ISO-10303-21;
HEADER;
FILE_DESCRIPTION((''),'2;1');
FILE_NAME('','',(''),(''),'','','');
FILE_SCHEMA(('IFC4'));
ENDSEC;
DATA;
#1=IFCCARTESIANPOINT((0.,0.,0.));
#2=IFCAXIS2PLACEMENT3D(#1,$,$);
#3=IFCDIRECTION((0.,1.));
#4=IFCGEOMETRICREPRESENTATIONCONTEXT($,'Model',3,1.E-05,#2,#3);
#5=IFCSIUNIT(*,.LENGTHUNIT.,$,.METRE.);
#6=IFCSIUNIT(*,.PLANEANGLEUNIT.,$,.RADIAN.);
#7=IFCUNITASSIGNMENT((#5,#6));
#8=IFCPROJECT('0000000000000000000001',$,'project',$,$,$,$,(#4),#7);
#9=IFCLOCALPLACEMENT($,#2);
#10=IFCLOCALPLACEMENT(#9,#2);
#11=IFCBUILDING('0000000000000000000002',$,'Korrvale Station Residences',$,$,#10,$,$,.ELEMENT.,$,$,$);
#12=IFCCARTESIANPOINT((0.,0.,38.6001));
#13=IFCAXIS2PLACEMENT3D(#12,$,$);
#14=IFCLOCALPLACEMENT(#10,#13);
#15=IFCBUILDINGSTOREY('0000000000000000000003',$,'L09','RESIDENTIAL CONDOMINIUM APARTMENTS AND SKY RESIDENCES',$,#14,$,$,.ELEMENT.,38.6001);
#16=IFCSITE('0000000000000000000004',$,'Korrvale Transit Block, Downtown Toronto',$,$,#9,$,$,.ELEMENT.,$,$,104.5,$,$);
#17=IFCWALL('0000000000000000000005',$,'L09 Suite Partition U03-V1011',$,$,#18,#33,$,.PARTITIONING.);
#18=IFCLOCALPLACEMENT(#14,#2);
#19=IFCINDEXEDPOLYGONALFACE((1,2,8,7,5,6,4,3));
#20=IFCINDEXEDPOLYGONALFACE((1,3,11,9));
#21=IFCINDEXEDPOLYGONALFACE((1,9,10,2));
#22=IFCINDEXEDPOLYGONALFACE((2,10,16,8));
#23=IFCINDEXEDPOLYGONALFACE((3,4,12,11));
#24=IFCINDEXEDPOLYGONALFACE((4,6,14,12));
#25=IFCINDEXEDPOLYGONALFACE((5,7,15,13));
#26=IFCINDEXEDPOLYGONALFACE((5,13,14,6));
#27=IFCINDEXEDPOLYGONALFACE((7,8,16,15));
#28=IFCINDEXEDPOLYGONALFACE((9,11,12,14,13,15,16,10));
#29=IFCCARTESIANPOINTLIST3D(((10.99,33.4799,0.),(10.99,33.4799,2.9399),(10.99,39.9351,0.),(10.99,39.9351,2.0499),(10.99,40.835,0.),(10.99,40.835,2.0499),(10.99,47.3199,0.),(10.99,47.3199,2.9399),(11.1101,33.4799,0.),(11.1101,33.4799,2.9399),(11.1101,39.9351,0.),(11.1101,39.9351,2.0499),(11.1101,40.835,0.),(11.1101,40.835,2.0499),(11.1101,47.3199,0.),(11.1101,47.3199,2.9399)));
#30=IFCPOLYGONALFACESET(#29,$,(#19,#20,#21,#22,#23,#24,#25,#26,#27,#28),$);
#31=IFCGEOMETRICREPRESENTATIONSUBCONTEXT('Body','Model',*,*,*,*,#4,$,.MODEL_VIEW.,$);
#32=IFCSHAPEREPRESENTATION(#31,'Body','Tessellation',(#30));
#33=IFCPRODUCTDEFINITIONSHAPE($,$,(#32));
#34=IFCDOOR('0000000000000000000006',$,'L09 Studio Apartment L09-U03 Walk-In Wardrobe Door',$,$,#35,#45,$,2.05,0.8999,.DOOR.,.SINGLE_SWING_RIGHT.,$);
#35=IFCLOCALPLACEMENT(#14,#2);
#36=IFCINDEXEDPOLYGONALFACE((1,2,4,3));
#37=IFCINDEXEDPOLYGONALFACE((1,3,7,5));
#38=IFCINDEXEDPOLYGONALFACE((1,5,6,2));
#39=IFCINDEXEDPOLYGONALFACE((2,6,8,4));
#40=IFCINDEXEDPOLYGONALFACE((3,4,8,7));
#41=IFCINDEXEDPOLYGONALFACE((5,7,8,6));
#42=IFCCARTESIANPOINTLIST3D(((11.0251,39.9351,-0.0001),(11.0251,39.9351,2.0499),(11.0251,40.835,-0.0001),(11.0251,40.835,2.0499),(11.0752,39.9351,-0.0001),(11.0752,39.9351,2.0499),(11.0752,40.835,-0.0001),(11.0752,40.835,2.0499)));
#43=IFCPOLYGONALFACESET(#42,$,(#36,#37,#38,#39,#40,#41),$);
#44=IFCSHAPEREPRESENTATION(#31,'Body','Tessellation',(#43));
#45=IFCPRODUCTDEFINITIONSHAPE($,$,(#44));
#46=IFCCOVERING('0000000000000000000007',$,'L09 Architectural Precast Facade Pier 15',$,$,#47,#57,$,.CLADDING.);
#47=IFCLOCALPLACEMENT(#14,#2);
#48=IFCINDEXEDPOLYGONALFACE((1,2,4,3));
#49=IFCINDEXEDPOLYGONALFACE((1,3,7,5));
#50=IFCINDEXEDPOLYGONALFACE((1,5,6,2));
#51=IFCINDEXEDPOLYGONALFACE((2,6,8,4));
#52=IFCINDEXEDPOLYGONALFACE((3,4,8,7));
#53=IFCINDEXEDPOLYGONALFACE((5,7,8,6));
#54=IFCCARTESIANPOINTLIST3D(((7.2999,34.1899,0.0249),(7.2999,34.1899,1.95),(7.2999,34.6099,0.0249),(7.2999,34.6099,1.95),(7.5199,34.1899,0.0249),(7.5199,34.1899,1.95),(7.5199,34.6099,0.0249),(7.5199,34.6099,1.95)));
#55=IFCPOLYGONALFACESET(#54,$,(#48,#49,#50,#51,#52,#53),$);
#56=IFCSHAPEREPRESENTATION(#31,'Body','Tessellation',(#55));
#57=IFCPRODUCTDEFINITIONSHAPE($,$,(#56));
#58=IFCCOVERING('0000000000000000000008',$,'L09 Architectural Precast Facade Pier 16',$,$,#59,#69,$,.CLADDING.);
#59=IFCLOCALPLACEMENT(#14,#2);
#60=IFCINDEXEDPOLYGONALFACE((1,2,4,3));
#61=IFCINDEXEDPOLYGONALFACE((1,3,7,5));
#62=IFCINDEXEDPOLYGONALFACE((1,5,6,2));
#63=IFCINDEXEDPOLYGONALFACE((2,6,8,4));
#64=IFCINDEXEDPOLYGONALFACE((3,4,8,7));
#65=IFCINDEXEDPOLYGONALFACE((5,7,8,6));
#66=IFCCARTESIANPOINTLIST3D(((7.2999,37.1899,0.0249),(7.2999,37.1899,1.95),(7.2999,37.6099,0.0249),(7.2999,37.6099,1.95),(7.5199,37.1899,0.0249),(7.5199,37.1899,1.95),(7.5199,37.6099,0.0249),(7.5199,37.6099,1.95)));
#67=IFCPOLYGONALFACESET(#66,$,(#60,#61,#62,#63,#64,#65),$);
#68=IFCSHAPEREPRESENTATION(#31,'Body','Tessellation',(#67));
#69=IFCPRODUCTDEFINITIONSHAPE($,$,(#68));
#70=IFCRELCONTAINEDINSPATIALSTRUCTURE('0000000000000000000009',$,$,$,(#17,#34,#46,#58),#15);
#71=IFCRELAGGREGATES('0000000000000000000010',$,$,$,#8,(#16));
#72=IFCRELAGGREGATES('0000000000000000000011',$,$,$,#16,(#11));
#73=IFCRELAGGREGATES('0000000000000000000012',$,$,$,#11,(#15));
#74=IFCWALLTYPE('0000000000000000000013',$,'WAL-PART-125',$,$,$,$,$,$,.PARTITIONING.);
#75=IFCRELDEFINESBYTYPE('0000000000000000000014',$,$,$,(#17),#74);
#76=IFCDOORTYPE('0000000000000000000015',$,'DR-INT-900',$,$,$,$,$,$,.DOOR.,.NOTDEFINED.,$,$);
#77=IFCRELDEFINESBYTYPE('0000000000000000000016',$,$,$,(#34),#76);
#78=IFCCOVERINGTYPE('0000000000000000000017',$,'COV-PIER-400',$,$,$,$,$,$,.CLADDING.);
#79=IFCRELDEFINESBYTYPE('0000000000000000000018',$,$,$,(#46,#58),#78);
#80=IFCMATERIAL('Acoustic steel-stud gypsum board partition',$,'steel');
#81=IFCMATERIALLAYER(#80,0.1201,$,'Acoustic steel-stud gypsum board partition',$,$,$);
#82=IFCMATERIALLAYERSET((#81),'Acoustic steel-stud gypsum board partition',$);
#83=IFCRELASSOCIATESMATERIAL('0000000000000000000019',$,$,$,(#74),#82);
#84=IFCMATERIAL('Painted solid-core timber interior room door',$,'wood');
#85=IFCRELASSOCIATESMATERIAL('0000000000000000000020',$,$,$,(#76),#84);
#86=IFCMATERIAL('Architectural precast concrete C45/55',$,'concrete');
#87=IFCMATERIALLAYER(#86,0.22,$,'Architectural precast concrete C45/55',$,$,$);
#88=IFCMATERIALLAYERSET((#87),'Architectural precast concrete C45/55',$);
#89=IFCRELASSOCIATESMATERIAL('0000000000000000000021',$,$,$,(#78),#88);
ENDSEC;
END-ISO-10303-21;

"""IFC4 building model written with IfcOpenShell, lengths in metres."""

from ifc_helpers import new_model, si_unit, direction, frame, frame_2d, origin, origin_2d, place, context, subcontext, project, spatial, rectangle, extrude, material, layer, layer_set, type_object, element, fill, save


model = new_model("IFC4")

# Units and contexts
model_context = context("Model", 3, precision=1e-05, world=origin(), true_north=direction((0.0, 1.0)))
body_context = subcontext(model_context, "Body", "Model", "MODEL_VIEW")
ifc_project = project(units=[si_unit("LENGTHUNIT", "METRE"), si_unit("PLANEANGLEUNIT", "RADIAN")], contexts=[model_context])

# Site, building, storey
site_placement = place(None, origin())
site = spatial("IfcSite", under=ifc_project, at=site_placement, Name="Korrvale Transit Block, Downtown Toronto", CompositionType="ELEMENT", RefElevation=104.5)
building_placement = place(site_placement, origin())
building = spatial("IfcBuilding", under=site, at=building_placement, Name="Korrvale Station Residences", CompositionType="ELEMENT")
storey_placement = place(building_placement, frame((0.0, 0.0, 38.6001)))
storey = spatial("IfcBuildingStorey", under=building, at=storey_placement, Name="L09", Description="RESIDENTIAL CONDOMINIUM APARTMENTS AND SKY RESIDENCES", CompositionType="ELEMENT", Elevation=38.6001)

# Shared definitions
ifc_material_1 = material(Name="Acoustic steel-stud gypsum board partition", Category="steel")
ifc_layer_1 = layer(ifc_material_1, 0.1201, Name="Acoustic steel-stud gypsum board partition")
ifc_layer_set_1 = layer_set([ifc_layer_1], Name="Acoustic steel-stud gypsum board partition")
wall_type = type_object("IfcWallType", Name="WAL-PART-125", PredefinedType="PARTITIONING", material=ifc_layer_set_1)

# Wall, opening, door
ifc_material_2 = material(Name="Painted solid-core timber interior room door", Category="wood")
door_type = type_object("IfcDoorType", Name="DR-INT-900", OperationType="NOTDEFINED", PredefinedType="DOOR", material=ifc_material_2)
wall_1_placement = place(storey_placement, frame((11.05, 33.48, 0.0), z_axis=(0.0, 0.0, 1.0), x_axis=(0.0, 1.0, 0.0)))
wall_1 = element("IfcWall", 1, at=wall_1_placement, inside=storey, type_object=wall_type, Name="L09 Suite Partition U03-V1011", PredefinedType="PARTITIONING", context=body_context, shape_type="SweptSolid", body=[
    extrude(rectangle(XDim=13.8401, YDim=0.1201, at=frame_2d((6.9199, 0.0))), origin(), (0.0, 0.0, 1.0), 2.9399),
])
opening_1_placement = place(wall_1_placement, frame((6.4551, 0.0, 0.0)))
opening_1 = element("IfcOpeningElement", 2, at=opening_1_placement, cuts=wall_1, PredefinedType="OPENING", context=body_context, shape_type="SweptSolid", body=[
    extrude(rectangle(XDim=0.8999, YDim=2.05, at=frame_2d((0.45, 1.0249))), frame((0.0, 0.0701, 0.0), z_axis=(0.0, -1.0, 0.0), x_axis=(1.0, 0.0, 0.0)), (0.0, 0.0, 1.0), 0.1401),
])
door_1_placement = place(opening_1_placement, origin())
door_1 = element("IfcDoor", 3, at=door_1_placement, inside=storey, type_object=door_type, Name="L09 Studio Apartment L09-U03 Walk-In Wardrobe Door", OperationType="SINGLE_SWING_RIGHT", OverallHeight=2.05, OverallWidth=0.8999, PredefinedType="DOOR", context=body_context, shape_type="SweptSolid", body=[
    extrude(rectangle(XDim=0.8999, YDim=2.05, at=frame_2d((0.45, 1.0249))), frame((0.0, 0.0249, 0.0), z_axis=(0.0, -1.0, 0.0), x_axis=(1.0, 0.0, 0.0)), (0.0, 0.0, 1.0), 0.05),
])
fill(opening_1, door_1)

# Coverings
ifc_material_3 = material(Name="Architectural precast concrete C45/55", Category="concrete")
ifc_layer_2 = layer(ifc_material_3, 0.22, Name="Architectural precast concrete C45/55")
ifc_layer_set_2 = layer_set([ifc_layer_2], Name="Architectural precast concrete C45/55")
covering_type = type_object("IfcCoveringType", Name="COV-PIER-400", PredefinedType="CLADDING", material=ifc_layer_set_2)
for number, where, z_axis, x_axis, name in (
    (4, (7.4099, 34.3999, 0.0249), (0.0, 0.0, 1.0), (0.0, 1.0, 0.0), "L09 Architectural Precast Facade Pier 15"),
    (5, (7.4099, 37.3999, 0.0249), (0.0, 0.0, 1.0), (0.0, 1.0, 0.0), "L09 Architectural Precast Facade Pier 16"),
):
    element("IfcCovering", number, at=place(storey_placement, frame(where, z_axis=z_axis, x_axis=x_axis)), inside=storey, type_object=covering_type, Name=name, PredefinedType="CLADDING", context=body_context, shape_type="SweptSolid", body=[
        extrude(rectangle(XDim=0.4199, YDim=0.22, at=origin_2d()), origin(), (0.0, 0.0, 1.0), 1.925),
    ])

save(model, "model.ifc")
